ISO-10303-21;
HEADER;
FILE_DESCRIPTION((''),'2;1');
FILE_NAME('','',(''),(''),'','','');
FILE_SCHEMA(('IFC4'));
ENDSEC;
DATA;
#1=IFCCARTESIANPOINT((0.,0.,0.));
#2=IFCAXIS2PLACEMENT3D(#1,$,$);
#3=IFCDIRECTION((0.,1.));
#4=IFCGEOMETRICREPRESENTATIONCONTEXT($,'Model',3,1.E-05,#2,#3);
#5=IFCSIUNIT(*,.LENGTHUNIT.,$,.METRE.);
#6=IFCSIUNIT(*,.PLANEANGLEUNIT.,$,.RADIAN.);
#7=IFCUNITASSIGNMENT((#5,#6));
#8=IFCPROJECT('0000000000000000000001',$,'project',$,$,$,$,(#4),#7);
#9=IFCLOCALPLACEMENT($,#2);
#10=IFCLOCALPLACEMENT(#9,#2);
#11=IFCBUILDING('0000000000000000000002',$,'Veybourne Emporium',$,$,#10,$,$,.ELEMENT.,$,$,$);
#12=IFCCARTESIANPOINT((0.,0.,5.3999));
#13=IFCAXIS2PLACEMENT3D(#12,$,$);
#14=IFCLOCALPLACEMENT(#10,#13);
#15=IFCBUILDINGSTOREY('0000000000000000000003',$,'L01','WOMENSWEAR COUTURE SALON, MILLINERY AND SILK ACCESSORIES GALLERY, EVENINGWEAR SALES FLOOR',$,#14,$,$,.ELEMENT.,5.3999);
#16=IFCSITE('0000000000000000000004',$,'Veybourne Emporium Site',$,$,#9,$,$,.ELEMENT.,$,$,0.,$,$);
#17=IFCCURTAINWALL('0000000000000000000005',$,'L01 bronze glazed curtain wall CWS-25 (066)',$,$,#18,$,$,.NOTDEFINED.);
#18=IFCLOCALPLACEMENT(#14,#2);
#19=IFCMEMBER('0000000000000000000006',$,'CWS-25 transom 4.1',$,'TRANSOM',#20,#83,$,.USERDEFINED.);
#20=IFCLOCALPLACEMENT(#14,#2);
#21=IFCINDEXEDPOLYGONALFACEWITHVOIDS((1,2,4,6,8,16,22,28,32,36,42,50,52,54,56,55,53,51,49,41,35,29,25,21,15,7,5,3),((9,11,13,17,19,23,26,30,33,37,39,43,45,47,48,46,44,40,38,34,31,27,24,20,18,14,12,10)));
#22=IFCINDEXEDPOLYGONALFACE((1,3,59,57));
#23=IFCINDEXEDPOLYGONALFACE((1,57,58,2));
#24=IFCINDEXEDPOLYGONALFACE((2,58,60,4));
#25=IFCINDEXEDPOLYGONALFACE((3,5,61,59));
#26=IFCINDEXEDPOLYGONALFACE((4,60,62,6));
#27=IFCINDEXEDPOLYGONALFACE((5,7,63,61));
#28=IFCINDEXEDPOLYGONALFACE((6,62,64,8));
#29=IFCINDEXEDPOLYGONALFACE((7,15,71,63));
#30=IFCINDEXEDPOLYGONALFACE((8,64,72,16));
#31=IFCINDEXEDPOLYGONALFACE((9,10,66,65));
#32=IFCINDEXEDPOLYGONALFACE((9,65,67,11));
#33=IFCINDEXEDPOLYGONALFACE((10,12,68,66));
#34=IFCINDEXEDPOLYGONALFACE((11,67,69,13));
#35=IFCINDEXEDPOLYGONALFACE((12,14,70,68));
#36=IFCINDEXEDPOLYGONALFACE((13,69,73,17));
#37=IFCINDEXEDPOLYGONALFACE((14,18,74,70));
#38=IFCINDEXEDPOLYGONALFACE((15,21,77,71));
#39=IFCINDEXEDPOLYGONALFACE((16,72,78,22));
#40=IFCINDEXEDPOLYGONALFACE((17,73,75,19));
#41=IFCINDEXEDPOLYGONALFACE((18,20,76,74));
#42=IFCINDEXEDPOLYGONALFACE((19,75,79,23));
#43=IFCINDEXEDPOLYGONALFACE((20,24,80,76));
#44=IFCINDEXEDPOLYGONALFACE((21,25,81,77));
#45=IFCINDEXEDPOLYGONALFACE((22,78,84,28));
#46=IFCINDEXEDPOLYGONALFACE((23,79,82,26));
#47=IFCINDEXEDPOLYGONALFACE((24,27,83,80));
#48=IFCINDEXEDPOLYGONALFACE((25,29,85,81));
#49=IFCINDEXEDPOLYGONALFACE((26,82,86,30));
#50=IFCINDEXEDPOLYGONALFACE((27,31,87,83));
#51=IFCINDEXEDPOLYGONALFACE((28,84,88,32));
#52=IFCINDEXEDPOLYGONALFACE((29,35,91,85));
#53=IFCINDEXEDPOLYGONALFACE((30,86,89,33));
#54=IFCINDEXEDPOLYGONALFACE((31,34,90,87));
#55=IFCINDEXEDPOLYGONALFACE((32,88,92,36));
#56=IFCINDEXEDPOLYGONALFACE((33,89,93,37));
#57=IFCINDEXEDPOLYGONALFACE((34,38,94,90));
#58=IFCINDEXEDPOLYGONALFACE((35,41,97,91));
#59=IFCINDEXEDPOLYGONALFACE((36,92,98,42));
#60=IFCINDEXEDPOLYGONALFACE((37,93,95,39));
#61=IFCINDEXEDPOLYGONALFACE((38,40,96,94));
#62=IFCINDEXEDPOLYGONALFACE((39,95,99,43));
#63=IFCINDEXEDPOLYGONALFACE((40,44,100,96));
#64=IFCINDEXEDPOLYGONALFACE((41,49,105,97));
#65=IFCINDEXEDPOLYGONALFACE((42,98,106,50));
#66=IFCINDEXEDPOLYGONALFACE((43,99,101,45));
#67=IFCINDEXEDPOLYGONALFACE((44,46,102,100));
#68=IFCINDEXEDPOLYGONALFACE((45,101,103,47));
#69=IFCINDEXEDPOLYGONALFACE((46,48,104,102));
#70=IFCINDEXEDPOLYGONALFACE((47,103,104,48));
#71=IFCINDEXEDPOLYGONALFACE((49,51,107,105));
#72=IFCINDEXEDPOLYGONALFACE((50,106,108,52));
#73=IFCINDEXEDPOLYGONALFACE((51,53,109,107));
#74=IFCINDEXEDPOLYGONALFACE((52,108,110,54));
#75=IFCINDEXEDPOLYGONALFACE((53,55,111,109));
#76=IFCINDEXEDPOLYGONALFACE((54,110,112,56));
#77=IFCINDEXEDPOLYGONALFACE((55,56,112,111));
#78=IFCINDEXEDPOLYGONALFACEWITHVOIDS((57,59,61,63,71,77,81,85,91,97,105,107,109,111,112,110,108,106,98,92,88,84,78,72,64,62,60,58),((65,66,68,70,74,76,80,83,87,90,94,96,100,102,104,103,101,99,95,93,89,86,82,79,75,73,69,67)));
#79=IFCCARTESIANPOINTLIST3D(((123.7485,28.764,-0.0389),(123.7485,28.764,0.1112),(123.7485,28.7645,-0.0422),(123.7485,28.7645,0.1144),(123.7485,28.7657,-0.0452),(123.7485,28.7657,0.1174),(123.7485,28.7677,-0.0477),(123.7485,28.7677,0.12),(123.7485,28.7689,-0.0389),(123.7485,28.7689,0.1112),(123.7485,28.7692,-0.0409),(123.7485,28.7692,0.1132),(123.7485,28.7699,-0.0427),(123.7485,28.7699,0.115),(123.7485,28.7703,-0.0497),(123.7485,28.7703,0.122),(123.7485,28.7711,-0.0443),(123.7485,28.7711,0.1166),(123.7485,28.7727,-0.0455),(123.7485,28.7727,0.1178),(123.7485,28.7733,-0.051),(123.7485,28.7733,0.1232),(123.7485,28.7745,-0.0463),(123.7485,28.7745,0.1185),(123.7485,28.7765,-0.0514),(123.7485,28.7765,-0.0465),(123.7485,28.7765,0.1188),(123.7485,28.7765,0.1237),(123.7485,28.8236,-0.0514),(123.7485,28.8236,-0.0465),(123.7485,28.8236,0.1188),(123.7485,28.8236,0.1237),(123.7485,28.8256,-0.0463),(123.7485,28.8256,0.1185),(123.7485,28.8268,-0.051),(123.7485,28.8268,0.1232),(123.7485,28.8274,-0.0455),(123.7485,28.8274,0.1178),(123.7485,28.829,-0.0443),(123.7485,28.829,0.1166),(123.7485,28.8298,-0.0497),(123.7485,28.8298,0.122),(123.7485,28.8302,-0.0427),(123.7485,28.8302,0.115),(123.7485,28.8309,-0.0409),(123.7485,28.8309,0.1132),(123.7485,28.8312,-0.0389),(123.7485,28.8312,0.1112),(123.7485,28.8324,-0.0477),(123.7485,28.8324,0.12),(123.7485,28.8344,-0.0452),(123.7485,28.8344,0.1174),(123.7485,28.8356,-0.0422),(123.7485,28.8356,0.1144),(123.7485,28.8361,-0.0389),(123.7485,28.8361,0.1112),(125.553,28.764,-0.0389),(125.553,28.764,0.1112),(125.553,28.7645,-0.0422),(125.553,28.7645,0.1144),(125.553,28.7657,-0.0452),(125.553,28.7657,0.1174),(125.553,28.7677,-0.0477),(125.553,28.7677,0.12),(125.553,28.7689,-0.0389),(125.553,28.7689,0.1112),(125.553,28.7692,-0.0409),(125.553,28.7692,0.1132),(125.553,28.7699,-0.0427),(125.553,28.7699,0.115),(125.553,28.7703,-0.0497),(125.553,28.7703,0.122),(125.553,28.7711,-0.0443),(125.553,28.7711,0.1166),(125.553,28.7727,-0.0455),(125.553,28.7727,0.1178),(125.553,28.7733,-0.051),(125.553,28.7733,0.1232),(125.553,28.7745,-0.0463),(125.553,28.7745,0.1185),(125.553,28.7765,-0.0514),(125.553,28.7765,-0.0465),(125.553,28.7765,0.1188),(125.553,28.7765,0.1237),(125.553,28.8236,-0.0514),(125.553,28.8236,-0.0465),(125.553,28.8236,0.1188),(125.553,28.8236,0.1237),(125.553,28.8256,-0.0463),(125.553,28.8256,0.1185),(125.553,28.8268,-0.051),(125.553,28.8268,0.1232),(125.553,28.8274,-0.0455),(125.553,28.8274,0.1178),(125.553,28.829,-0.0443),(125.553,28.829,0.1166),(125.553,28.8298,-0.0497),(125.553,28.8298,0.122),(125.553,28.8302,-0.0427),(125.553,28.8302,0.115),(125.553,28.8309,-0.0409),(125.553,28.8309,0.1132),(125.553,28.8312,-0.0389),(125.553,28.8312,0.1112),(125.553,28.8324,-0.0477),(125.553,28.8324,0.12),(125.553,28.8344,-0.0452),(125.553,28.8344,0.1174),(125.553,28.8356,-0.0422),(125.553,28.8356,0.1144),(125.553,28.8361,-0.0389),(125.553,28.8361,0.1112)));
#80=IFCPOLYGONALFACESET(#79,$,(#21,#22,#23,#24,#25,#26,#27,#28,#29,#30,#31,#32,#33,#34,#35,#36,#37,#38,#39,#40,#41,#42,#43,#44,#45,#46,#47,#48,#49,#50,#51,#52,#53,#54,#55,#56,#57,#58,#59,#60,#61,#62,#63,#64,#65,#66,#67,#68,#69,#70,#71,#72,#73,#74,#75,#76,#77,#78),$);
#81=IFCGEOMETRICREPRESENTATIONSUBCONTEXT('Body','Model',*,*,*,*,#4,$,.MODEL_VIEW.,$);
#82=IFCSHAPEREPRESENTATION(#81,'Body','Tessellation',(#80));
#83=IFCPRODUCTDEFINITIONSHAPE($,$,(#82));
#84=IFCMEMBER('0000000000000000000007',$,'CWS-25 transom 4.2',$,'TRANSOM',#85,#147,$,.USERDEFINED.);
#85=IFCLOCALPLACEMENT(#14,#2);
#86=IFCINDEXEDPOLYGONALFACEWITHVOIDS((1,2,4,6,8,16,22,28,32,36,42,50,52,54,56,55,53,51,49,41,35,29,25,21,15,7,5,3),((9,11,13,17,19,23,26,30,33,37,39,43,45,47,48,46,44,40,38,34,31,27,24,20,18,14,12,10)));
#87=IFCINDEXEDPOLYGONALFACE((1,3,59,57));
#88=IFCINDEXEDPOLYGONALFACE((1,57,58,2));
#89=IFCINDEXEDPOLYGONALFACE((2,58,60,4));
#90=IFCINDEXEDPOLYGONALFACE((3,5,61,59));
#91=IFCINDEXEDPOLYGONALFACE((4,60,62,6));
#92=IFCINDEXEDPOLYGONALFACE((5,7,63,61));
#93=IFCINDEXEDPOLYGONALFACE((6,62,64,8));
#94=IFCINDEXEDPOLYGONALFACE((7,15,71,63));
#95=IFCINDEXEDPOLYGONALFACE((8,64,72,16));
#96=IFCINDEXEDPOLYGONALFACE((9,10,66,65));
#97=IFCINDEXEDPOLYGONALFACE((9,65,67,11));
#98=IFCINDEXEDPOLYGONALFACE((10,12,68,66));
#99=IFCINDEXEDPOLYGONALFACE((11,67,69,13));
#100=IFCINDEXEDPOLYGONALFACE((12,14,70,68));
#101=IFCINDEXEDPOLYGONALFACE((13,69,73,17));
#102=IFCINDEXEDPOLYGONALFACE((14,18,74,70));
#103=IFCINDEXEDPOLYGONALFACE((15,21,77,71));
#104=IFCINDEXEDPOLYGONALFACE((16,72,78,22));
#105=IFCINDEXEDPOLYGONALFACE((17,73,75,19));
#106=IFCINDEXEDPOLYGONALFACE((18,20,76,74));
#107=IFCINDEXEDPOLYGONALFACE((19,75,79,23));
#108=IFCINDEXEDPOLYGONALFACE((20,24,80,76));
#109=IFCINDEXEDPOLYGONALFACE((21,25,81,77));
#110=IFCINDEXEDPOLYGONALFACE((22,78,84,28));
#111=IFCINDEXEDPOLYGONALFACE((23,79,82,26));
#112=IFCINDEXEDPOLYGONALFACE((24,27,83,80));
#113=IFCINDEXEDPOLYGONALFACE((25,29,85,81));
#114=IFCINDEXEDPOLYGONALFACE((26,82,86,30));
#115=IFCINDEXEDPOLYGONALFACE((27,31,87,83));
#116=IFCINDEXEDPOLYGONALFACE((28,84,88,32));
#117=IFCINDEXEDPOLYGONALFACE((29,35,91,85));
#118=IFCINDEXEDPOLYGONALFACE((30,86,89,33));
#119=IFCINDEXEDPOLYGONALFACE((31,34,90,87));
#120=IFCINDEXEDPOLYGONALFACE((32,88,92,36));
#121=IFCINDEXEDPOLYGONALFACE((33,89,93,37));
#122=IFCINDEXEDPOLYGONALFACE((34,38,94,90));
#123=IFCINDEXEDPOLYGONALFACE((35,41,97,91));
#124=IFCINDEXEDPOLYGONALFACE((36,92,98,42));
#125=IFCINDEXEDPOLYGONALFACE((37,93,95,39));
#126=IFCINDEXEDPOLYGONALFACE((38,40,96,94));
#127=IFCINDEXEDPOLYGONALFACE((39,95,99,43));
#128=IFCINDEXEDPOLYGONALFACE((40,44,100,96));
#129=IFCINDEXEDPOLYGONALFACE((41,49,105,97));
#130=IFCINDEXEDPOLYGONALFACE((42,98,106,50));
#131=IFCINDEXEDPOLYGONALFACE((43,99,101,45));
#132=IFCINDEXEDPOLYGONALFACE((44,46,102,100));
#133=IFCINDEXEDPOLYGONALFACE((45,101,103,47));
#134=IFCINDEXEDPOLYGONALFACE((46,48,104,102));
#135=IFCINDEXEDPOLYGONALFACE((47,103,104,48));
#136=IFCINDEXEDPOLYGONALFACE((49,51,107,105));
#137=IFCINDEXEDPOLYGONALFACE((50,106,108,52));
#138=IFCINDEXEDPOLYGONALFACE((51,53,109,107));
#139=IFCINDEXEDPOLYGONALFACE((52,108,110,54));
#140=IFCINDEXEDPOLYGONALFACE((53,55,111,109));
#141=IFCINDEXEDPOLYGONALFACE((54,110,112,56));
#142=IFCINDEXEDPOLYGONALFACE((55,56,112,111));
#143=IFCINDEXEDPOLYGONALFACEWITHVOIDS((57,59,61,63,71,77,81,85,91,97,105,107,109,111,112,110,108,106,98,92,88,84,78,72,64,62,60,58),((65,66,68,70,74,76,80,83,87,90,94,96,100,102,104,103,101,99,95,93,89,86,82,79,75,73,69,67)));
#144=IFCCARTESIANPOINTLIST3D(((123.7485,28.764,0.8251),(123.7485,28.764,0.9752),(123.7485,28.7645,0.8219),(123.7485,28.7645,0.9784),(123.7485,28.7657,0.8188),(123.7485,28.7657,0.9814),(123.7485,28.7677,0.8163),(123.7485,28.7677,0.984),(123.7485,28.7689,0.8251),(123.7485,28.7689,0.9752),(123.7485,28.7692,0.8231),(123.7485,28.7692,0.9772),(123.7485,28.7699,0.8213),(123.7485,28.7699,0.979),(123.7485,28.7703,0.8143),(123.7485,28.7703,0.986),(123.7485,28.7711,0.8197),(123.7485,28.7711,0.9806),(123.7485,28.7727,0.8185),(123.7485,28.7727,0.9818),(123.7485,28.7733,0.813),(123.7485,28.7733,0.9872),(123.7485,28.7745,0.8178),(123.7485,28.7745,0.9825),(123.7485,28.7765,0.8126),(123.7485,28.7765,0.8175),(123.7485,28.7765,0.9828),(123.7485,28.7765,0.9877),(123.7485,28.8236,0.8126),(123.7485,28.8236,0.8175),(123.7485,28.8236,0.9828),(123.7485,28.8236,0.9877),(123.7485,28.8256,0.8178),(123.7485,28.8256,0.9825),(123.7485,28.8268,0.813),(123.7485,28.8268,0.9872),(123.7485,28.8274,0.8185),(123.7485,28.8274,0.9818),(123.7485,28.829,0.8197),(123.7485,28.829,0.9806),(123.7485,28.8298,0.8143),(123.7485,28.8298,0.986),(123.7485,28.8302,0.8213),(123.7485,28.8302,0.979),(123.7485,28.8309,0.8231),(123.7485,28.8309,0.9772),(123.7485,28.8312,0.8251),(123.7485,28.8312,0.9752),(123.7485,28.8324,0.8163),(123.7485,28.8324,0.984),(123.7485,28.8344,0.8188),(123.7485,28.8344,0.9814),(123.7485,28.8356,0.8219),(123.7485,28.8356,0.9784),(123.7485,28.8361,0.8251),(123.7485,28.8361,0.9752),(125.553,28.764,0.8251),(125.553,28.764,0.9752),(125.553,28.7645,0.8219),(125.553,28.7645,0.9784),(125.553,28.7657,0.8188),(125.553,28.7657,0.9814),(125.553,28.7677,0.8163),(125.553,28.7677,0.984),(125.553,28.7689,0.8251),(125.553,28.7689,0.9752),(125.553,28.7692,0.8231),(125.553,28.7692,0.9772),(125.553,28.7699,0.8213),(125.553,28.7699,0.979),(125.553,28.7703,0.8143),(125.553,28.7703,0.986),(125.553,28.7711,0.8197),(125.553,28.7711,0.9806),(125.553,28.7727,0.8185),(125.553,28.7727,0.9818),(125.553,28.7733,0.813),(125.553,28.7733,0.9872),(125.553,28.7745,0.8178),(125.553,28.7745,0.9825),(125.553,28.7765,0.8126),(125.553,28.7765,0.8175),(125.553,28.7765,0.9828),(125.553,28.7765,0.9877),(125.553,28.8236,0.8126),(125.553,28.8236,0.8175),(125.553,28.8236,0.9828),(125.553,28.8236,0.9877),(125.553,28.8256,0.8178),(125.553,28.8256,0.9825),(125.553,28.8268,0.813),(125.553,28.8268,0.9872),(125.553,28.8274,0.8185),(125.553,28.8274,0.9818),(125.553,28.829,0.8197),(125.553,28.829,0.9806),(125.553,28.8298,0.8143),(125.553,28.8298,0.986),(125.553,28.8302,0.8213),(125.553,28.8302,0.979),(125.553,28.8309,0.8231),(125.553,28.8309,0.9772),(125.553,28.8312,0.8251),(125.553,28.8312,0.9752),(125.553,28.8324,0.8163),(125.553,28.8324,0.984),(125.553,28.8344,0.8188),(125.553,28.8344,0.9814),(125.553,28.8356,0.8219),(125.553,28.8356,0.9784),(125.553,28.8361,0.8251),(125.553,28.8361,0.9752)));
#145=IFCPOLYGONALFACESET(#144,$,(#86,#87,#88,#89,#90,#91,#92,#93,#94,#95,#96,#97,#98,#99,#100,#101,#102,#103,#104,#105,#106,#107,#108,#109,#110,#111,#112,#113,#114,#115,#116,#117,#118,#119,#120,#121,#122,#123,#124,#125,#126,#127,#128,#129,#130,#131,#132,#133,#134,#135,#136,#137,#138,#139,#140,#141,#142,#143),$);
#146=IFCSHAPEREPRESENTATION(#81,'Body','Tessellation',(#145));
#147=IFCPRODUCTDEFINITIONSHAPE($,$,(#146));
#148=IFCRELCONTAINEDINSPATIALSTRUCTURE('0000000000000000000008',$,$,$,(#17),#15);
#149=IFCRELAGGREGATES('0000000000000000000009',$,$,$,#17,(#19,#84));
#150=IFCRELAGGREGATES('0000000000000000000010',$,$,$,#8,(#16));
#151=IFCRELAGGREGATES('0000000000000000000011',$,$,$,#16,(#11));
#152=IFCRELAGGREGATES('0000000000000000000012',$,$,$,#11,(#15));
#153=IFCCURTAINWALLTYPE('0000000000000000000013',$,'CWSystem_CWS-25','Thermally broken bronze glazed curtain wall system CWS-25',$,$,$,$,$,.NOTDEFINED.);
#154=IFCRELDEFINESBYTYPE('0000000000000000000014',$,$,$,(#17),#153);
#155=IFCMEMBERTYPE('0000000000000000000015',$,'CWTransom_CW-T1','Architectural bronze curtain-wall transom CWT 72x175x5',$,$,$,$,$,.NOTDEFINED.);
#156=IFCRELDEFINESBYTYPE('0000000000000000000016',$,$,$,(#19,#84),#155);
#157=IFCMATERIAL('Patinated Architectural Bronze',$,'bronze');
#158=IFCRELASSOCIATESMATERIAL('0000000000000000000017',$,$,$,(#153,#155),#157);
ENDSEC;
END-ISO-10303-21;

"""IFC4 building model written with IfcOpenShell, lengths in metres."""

from ifc_helpers import new_model, si_unit, direction, frame, origin, origin_2d, place, context, subcontext, project, spatial, hollow_rectangle, extrude, material, material_profile, profile_set, type_object, element, aggregate, save


model = new_model("IFC4")

# Units and contexts
model_context = context("Model", 3, precision=1e-05, world=origin(), true_north=direction((0.0, 1.0)))
body_context = subcontext(model_context, "Body", "Model", "MODEL_VIEW")
ifc_project = project(units=[si_unit("LENGTHUNIT", "METRE"), si_unit("PLANEANGLEUNIT", "RADIAN")], contexts=[model_context])

# Site, building, storey
site_placement = place(None, origin())
site = spatial("IfcSite", under=ifc_project, at=site_placement, Name="Veybourne Emporium Site", CompositionType="ELEMENT", RefElevation=0.0)
building_placement = place(site_placement, origin())
building = spatial("IfcBuilding", under=site, at=building_placement, Name="Veybourne Emporium", CompositionType="ELEMENT")
storey_placement = place(building_placement, frame((0.0, 0.0, 5.3999)))
storey = spatial("IfcBuildingStorey", under=building, at=storey_placement, Name="L01", Description="WOMENSWEAR COUTURE SALON, MILLINERY AND SILK ACCESSORIES GALLERY, EVENINGWEAR SALES FLOOR", CompositionType="ELEMENT", Elevation=5.3999)

# Curtain wall, members
ifc_material_1 = material(Name="Patinated Architectural Bronze", Category="bronze")
curtain_wall_type = type_object("IfcCurtainWallType", Name="CWSystem_CWS-25", Description="Thermally broken bronze glazed curtain wall system CWS-25", PredefinedType="NOTDEFINED", material=ifc_material_1)
curtain_wall_placement = place(storey_placement, origin())
curtain_wall = element("IfcCurtainWall", 1, at=curtain_wall_placement, inside=storey, type_object=curtain_wall_type, Name="L01 bronze glazed curtain wall CWS-25 (066)", PredefinedType="NOTDEFINED")
ifc_material_profile_1 = material_profile(ifc_material_1, hollow_rectangle(XDim=0.072, YDim=0.175, WallThickness=0.0049, InnerFilletRadius=0.0076, OuterFilletRadius=0.0125, at=origin_2d()), Name="CWT 72x175x5")
ifc_profile_set_1 = profile_set([ifc_material_profile_1], Name="Patinated Architectural Bronze")
member_type_1 = type_object("IfcMemberType", Name="CWTransom_CW-T1", Description="Architectural bronze curtain-wall transom CWT 72x175x5", PredefinedType="NOTDEFINED", material=ifc_profile_set_1)
member_1_placement = place(storey_placement, frame((123.7485, 28.8, 0.0361), z_axis=(1.0, 0.0, 0.0), x_axis=(0.0, 1.0, 0.0)))
member_1 = element("IfcMember", 2, at=member_1_placement, type_object=member_type_1, Name="CWS-25 transom 4.1", ObjectType="TRANSOM", PredefinedType="USERDEFINED", context=body_context, shape_type="SweptSolid", body=[
    extrude(hollow_rectangle(XDim=0.072, YDim=0.175, WallThickness=0.0049, InnerFilletRadius=0.0076, OuterFilletRadius=0.0125, at=origin_2d()), origin(), (0.0, 0.0, 1.0), 1.8044),
])
member_2_placement = place(storey_placement, frame((123.7485, 28.8, 0.9001), z_axis=(1.0, 0.0, 0.0), x_axis=(0.0, 1.0, 0.0)))
member_2 = element("IfcMember", 3, at=member_2_placement, type_object=member_type_1, Name="CWS-25 transom 4.2", ObjectType="TRANSOM", PredefinedType="USERDEFINED", context=body_context, shape_type="SweptSolid", body=[
    extrude(hollow_rectangle(XDim=0.072, YDim=0.175, WallThickness=0.0049, InnerFilletRadius=0.0076, OuterFilletRadius=0.0125, at=origin_2d()), origin(), (0.0, 0.0, 1.0), 1.8044),
])

aggregate(curtain_wall, [member_1, member_2])

save(model, "model.ifc")
